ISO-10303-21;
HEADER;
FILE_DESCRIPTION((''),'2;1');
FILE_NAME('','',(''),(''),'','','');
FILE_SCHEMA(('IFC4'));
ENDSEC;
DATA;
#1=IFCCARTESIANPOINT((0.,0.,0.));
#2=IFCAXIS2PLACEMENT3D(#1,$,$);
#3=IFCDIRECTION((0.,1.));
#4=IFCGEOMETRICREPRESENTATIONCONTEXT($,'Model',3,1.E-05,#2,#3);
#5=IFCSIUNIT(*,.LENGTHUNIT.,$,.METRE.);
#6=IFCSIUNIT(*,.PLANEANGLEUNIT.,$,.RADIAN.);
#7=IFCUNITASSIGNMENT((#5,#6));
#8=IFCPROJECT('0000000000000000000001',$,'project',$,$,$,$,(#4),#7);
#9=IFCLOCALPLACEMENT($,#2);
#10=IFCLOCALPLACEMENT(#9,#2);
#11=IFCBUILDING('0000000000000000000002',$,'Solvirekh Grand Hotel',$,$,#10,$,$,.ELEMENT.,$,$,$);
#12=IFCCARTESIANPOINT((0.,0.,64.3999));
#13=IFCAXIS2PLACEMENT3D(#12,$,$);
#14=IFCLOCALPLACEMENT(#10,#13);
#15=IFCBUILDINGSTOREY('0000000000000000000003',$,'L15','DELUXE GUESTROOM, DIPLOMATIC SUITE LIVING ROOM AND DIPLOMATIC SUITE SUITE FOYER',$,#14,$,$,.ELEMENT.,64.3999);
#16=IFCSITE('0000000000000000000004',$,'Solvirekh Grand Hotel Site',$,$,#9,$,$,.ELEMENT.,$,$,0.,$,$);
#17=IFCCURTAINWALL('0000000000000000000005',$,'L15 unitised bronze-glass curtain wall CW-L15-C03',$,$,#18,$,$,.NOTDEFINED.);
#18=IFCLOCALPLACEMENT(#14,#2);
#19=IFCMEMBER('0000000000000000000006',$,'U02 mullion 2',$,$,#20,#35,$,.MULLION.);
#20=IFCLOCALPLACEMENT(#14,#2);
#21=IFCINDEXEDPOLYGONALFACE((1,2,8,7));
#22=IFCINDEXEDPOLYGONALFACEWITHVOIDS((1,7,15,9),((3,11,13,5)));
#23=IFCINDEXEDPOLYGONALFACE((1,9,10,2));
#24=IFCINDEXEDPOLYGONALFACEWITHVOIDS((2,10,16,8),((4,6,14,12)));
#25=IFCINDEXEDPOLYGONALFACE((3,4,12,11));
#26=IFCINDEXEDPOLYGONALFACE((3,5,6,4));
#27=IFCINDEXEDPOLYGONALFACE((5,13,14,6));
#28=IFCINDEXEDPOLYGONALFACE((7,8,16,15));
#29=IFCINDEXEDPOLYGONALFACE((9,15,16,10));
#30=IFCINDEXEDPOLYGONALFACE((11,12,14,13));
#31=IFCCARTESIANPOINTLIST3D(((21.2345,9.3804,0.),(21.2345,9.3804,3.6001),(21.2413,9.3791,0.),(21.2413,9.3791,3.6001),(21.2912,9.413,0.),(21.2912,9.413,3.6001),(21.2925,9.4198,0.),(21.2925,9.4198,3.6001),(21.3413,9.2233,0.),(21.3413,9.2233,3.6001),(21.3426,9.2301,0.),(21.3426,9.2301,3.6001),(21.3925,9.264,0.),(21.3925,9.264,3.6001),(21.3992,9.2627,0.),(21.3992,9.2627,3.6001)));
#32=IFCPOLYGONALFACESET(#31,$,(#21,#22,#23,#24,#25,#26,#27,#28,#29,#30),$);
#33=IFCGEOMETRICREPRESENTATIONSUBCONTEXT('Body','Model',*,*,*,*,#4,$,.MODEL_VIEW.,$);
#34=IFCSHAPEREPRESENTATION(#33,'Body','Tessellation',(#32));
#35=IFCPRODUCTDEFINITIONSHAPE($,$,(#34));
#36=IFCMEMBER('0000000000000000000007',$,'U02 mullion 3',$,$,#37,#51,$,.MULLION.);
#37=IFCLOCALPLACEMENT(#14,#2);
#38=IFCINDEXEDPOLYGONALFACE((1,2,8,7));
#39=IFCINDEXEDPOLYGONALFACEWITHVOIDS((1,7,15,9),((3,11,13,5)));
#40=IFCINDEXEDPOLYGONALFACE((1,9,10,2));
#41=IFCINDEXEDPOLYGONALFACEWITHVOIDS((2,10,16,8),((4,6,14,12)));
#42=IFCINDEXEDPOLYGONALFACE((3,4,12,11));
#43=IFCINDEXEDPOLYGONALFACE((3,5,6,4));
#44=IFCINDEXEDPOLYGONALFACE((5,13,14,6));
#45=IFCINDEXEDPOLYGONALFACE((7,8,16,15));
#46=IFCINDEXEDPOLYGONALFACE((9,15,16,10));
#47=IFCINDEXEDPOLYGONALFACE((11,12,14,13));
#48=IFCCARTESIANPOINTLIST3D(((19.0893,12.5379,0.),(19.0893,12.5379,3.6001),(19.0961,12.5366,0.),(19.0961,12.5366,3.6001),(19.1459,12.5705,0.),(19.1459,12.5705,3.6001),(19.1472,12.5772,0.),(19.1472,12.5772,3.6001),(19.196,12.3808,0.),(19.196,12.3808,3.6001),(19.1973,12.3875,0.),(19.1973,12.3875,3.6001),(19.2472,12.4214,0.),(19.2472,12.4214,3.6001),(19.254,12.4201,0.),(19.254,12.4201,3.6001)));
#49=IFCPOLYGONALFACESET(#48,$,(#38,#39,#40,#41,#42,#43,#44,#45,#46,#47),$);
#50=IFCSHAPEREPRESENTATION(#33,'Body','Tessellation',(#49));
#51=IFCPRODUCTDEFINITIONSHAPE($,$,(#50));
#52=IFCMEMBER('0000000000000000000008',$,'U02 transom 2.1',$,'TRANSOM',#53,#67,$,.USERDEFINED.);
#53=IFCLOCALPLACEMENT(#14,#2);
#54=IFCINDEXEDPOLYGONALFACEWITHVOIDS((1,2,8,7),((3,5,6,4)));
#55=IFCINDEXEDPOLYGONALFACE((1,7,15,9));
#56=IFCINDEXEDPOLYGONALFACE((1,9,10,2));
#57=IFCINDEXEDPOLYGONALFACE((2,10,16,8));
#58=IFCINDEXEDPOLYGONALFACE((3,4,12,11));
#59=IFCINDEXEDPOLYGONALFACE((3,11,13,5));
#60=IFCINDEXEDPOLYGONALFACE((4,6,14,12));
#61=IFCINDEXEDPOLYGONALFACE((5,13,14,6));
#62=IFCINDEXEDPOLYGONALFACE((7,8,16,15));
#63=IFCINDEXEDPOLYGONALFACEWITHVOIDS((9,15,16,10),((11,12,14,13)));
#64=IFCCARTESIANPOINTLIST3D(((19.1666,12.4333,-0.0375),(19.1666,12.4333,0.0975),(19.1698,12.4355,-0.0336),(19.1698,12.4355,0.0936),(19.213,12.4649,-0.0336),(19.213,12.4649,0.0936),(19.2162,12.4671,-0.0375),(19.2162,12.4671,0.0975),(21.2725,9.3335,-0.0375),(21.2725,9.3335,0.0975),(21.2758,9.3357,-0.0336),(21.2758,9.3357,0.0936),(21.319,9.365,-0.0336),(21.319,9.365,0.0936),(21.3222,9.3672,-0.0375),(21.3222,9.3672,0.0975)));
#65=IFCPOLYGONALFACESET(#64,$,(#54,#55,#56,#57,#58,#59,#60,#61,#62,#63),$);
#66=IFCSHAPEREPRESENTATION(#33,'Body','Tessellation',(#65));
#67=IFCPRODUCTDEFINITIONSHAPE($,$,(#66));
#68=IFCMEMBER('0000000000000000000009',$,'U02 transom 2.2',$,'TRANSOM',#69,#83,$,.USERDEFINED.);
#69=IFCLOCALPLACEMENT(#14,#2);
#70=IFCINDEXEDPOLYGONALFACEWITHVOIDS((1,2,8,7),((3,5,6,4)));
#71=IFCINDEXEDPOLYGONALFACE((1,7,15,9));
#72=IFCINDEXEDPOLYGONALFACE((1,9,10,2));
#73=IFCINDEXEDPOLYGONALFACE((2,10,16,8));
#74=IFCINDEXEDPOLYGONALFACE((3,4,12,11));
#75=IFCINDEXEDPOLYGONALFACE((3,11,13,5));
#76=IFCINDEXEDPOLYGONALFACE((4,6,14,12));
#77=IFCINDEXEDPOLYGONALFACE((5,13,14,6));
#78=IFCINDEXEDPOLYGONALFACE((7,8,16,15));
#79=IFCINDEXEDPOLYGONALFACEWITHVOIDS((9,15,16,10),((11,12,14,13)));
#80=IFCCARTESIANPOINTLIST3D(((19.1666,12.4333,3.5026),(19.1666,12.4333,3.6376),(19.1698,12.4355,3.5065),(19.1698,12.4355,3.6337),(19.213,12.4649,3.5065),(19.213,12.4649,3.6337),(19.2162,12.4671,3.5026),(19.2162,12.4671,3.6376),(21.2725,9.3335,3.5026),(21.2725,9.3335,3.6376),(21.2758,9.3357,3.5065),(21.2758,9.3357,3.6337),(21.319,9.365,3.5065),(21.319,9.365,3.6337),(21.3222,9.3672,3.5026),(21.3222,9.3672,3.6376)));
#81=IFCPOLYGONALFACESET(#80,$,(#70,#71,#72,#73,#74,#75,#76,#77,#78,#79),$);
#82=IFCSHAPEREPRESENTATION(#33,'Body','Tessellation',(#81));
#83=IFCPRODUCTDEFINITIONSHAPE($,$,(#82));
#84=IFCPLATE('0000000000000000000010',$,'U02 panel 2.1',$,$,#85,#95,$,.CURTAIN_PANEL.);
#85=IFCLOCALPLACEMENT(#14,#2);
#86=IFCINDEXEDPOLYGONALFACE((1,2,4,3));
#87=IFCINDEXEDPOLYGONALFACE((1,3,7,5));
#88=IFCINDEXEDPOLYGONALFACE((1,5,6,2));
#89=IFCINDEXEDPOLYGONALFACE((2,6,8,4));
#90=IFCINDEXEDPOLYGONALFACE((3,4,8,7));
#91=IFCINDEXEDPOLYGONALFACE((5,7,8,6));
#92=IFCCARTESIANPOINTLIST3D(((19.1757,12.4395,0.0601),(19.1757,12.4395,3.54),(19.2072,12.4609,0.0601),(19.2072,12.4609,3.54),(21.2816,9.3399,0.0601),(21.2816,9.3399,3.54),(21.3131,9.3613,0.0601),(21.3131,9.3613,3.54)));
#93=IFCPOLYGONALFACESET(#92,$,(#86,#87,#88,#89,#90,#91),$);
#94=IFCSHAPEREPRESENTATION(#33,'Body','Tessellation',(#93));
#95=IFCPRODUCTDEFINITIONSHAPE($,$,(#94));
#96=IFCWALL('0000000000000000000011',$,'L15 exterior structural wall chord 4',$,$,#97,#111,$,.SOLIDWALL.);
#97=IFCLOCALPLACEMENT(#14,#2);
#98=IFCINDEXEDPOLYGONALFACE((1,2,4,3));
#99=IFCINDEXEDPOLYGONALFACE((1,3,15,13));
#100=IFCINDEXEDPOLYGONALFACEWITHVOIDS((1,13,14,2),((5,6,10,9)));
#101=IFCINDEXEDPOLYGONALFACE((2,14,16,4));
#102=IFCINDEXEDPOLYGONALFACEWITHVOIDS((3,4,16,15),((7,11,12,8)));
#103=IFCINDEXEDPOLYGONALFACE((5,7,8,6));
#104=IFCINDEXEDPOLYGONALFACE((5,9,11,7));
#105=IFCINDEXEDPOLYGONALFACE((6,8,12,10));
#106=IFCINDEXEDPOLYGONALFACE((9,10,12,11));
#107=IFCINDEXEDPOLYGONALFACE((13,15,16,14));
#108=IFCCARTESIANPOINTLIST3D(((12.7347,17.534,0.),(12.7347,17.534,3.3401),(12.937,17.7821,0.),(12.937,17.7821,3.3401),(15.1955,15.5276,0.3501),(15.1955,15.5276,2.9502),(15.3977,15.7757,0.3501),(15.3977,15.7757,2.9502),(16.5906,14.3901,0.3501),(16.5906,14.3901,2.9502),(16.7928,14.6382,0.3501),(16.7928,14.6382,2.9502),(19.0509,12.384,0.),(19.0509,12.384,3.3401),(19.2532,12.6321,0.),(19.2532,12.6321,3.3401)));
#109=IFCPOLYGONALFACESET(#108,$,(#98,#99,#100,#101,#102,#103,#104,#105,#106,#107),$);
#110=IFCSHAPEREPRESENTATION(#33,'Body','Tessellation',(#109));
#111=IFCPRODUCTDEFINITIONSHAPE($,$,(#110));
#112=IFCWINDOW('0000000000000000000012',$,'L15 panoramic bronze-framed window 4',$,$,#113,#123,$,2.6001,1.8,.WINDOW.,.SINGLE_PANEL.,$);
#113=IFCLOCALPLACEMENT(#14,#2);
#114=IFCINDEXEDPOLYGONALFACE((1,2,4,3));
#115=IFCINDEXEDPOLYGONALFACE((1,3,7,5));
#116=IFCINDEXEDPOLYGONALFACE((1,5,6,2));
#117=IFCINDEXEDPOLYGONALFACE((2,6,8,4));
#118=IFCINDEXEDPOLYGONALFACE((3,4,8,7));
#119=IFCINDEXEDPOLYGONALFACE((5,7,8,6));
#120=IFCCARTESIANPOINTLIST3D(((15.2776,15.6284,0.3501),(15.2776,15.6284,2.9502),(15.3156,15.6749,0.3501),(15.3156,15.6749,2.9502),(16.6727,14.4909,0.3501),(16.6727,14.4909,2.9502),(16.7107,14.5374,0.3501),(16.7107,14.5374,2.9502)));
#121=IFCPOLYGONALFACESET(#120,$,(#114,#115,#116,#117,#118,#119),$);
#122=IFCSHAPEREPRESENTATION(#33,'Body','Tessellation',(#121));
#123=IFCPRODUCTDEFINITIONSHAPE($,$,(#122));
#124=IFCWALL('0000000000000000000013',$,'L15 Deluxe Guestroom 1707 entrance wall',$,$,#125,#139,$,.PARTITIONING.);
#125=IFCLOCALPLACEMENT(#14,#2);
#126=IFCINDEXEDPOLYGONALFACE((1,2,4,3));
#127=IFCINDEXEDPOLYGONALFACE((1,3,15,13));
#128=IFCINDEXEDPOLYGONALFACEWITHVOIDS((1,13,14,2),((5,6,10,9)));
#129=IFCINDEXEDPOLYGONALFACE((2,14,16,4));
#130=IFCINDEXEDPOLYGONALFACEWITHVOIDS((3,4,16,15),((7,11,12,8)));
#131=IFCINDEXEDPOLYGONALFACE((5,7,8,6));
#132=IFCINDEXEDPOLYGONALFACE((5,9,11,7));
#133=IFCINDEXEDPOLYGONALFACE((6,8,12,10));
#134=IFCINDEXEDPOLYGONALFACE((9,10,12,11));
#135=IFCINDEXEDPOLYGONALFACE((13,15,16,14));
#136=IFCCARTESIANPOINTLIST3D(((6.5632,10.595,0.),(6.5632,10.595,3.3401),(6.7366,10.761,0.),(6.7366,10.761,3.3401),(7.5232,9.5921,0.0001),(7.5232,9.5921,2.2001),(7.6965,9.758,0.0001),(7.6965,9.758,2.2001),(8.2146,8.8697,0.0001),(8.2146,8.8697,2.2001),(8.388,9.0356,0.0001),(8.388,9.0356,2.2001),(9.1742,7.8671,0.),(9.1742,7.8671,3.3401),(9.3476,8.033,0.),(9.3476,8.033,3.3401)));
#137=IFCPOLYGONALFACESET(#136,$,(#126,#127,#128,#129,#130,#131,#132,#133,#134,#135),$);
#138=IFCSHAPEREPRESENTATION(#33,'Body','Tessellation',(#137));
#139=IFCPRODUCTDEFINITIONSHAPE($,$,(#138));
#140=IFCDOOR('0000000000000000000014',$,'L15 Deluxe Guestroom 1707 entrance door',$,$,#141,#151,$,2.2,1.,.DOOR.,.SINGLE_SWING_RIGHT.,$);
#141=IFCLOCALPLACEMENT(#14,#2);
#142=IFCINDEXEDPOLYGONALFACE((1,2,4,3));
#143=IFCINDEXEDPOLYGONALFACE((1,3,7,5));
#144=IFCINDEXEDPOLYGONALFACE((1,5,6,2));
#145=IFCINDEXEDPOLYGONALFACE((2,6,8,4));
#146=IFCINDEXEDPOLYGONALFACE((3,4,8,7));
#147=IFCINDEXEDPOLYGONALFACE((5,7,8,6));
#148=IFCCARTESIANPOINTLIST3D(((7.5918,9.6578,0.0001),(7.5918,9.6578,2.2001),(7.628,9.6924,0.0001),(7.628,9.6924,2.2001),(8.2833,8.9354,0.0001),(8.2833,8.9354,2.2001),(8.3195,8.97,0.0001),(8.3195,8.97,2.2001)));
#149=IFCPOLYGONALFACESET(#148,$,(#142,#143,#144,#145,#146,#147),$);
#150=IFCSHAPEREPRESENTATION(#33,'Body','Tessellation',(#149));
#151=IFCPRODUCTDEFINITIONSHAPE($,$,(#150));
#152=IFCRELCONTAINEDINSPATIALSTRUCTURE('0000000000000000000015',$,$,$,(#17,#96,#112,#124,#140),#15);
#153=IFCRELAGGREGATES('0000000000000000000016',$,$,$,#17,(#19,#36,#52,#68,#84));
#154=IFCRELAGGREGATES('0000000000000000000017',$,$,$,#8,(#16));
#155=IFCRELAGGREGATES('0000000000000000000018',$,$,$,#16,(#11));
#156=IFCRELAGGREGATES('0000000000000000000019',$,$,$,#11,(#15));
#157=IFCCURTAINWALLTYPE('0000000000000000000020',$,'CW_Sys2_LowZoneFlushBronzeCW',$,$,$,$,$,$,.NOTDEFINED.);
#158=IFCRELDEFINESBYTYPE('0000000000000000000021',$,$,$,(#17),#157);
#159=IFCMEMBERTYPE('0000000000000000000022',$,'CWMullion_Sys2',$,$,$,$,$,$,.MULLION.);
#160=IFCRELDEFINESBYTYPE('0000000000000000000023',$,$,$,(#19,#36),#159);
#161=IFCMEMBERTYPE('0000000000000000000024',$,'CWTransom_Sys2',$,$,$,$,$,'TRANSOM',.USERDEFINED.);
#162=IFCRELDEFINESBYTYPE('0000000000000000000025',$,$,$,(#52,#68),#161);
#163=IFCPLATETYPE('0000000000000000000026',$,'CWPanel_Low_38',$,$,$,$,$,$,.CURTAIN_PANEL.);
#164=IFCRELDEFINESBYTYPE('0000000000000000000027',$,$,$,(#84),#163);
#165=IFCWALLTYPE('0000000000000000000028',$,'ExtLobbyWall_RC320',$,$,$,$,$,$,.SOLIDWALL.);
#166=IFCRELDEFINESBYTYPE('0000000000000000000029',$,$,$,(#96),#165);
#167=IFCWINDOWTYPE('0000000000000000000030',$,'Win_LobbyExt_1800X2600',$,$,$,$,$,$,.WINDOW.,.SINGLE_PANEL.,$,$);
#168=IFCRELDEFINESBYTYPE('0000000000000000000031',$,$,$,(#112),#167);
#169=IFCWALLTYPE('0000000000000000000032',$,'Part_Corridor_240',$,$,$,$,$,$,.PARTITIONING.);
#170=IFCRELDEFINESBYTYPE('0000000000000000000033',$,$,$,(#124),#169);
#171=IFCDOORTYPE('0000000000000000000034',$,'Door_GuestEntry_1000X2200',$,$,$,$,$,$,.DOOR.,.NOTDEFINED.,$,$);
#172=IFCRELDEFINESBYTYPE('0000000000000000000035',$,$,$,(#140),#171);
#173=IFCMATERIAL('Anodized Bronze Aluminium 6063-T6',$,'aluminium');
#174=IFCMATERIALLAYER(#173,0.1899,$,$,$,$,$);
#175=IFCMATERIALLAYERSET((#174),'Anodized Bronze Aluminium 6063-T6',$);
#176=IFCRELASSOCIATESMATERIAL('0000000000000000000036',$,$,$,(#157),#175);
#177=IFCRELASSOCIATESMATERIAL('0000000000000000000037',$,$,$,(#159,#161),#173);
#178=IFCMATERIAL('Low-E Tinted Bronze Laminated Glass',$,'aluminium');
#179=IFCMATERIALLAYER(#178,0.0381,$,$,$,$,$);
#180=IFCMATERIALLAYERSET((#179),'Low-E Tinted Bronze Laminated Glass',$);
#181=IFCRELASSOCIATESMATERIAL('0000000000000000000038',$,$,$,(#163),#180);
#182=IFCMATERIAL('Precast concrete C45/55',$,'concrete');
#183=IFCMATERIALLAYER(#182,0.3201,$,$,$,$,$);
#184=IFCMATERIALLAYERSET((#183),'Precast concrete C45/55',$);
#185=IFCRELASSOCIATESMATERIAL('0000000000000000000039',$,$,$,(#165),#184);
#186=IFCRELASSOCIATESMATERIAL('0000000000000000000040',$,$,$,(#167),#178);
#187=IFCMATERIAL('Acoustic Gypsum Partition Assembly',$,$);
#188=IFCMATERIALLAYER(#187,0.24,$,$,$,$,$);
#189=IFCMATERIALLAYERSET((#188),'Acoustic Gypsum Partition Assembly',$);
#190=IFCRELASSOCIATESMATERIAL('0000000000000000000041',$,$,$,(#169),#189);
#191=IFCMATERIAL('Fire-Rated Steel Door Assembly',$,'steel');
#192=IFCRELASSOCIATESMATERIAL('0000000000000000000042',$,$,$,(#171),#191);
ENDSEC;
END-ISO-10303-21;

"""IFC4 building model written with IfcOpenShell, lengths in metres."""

from ifc_helpers import new_model, si_unit, direction, frame, frame_2d, origin, origin_2d, place, context, subcontext, project, spatial, rectangle, hollow_rectangle, extrude, source, transform, mapped, material, layer, layer_set, material_profile, profile_set, type_object, element, fill, aggregate, save


model = new_model("IFC4")

# Units and contexts
model_context = context("Model", 3, precision=1e-05, world=origin(), true_north=direction((0.0, 1.0)))
body_context = subcontext(model_context, "Body", "Model", "MODEL_VIEW")
ifc_project = project(units=[si_unit("LENGTHUNIT", "METRE"), si_unit("PLANEANGLEUNIT", "RADIAN")], contexts=[model_context])

# Site, building, storey
site_placement = place(None, origin())
site = spatial("IfcSite", under=ifc_project, at=site_placement, Name="Solvirekh Grand Hotel Site", CompositionType="ELEMENT", RefElevation=0.0)
building_placement = place(site_placement, origin())
building = spatial("IfcBuilding", under=site, at=building_placement, Name="Solvirekh Grand Hotel", CompositionType="ELEMENT")
storey_placement = place(building_placement, frame((0.0, 0.0, 64.3999)))
storey = spatial("IfcBuildingStorey", under=building, at=storey_placement, Name="L15", Description="DELUXE GUESTROOM, DIPLOMATIC SUITE LIVING ROOM AND DIPLOMATIC SUITE SUITE FOYER", CompositionType="ELEMENT", Elevation=64.3999)

# Curtain wall, members, plate
ifc_material_1 = material(Name="Anodized Bronze Aluminium 6063-T6", Category="aluminium")
ifc_layer_1 = layer(ifc_material_1, 0.1899)
ifc_layer_set_1 = layer_set([ifc_layer_1], Name="Anodized Bronze Aluminium 6063-T6")
curtain_wall_type = type_object("IfcCurtainWallType", Name="CW_Sys2_LowZoneFlushBronzeCW", PredefinedType="NOTDEFINED", material=ifc_layer_set_1)
curtain_wall_placement = place(storey_placement, origin())
curtain_wall = element("IfcCurtainWall", 1, at=curtain_wall_placement, inside=storey, type_object=curtain_wall_type, Name="L15 unitised bronze-glass curtain wall CW-L15-C03", PredefinedType="NOTDEFINED")
ifc_material_profile_1 = material_profile(ifc_material_1, hollow_rectangle(XDim=0.0701, YDim=0.1899, WallThickness=0.0049, at=origin_2d()), Name="ALU RHS 190X70X5")
ifc_profile_set_1 = profile_set([ifc_material_profile_1], Name="Anodized Bronze Aluminium 6063-T6")
member_type_1 = type_object("IfcMemberType", Name="CWMullion_Sys2", PredefinedType="MULLION", material=ifc_profile_set_1)
shared_shape_1 = source(origin(), body_context, "Body", "SweptSolid", [
    extrude(hollow_rectangle(XDim=0.0701, YDim=0.1899, WallThickness=0.0049, at=origin_2d()), origin(), (0.0, 0.0, 1.0), 3.6001),
])
member_1_placement = place(storey_placement, frame((21.3169, 9.3215, 0.0), z_axis=(0.0, 0.0, 1.0), x_axis=(-0.827146, -0.561987, 0.0)))
member_1 = element("IfcMember", 2, at=member_1_placement, type_object=member_type_1, Name="U02 mullion 2", PredefinedType="MULLION", context=body_context, shape_type="MappedRepresentation", body=[
    mapped(shared_shape_1, transform((0.0, 0.0, 0.0), x_axis=(1.0, 0.0, 0.0), y_axis=(0.0, 1.0, 0.0), z_axis=(0.0, 0.0, 1.0), scale=1.0)),
])
member_2_placement = place(storey_placement, frame((19.1716, 12.479, 0.0), z_axis=(0.0, 0.0, 1.0), x_axis=(-0.827146, -0.561987, 0.0)))
member_2 = element("IfcMember", 3, at=member_2_placement, type_object=member_type_1, Name="U02 mullion 3", PredefinedType="MULLION", context=body_context, shape_type="MappedRepresentation", body=[
    mapped(shared_shape_1, transform((0.0, 0.0, 0.0), x_axis=(1.0, 0.0, 0.0), y_axis=(0.0, 1.0, 0.0), z_axis=(0.0, 0.0, 1.0), scale=1.0)),
])
ifc_material_profile_2 = material_profile(ifc_material_1, hollow_rectangle(XDim=0.0601, YDim=0.135, WallThickness=0.0039, at=origin_2d()), Name="ALU RHS 135X60X4")
ifc_profile_set_2 = profile_set([ifc_material_profile_2], Name="Anodized Bronze Aluminium 6063-T6")
member_type_2 = type_object("IfcMemberType", Name="CWTransom_Sys2", ElementType="TRANSOM", PredefinedType="USERDEFINED", material=ifc_profile_set_2)
shared_shape_2 = source(origin(), body_context, "Body", "SweptSolid", [
    extrude(hollow_rectangle(XDim=0.0601, YDim=0.135, WallThickness=0.0039, at=origin_2d()), origin(), (0.0, 0.0, 1.0), 3.7476),
])
member_3_placement = place(storey_placement, frame((21.2974, 9.3503, 0.03), z_axis=(-0.561955, 0.827168, 0.0), x_axis=(-0.827168, -0.561955, 0.0)))
member_3 = element("IfcMember", 4, at=member_3_placement, type_object=member_type_2, Name="U02 transom 2.1", ObjectType="TRANSOM", PredefinedType="USERDEFINED", context=body_context, shape_type="MappedRepresentation", body=[
    mapped(shared_shape_2, transform((0.0, 0.0, 0.0), x_axis=(1.0, 0.0, 0.0), y_axis=(0.0, 1.0, 0.0), z_axis=(0.0, 0.0, 1.0), scale=1.0)),
])
member_4_placement = place(storey_placement, frame((21.2974, 9.3503, 3.5701), z_axis=(-0.561955, 0.827168, 0.0), x_axis=(-0.827168, -0.561955, 0.0)))
member_4 = element("IfcMember", 5, at=member_4_placement, type_object=member_type_2, Name="U02 transom 2.2", ObjectType="TRANSOM", PredefinedType="USERDEFINED", context=body_context, shape_type="MappedRepresentation", body=[
    mapped(shared_shape_2, transform((0.0, 0.0, 0.0), x_axis=(1.0, 0.0, 0.0), y_axis=(0.0, 1.0, 0.0), z_axis=(0.0, 0.0, 1.0), scale=1.0)),
])
ifc_material_2 = material(Name="Low-E Tinted Bronze Laminated Glass", Category="aluminium")
ifc_layer_2 = layer(ifc_material_2, 0.0381)
ifc_layer_set_2 = layer_set([ifc_layer_2], Name="Low-E Tinted Bronze Laminated Glass")
plate_type = type_object("IfcPlateType", Name="CWPanel_Low_38", PredefinedType="CURTAIN_PANEL", material=ifc_layer_set_2)
shared_shape_3 = source(origin(), body_context, "Body", "SweptSolid", [
    extrude(rectangle(XDim=3.7473, YDim=0.0381, at=origin_2d()), origin(), (0.0, 0.0, 1.0), 3.48),
])
plate_placement = place(storey_placement, frame((20.2444, 10.9004, 0.0601), z_axis=(0.0, 0.0, 1.0), x_axis=(-0.561987, 0.827146, 0.0)))
plate = element("IfcPlate", 6, at=plate_placement, type_object=plate_type, Name="U02 panel 2.1", PredefinedType="CURTAIN_PANEL", context=body_context, shape_type="MappedRepresentation", body=[
    mapped(shared_shape_3, transform((0.0, 0.0, 0.0), x_axis=(1.0, 0.0, 0.0), y_axis=(0.0, 1.0, 0.0), z_axis=(0.0, 0.0, 1.0), scale=1.0)),
])
aggregate(curtain_wall, [member_1, member_2, member_3, member_4, plate])

# Wall, opening, window
ifc_material_3 = material(Name="Precast concrete C45/55", Category="concrete")
ifc_layer_3 = layer(ifc_material_3, 0.3201)
ifc_layer_set_3 = layer_set([ifc_layer_3], Name="Precast concrete C45/55")
wall_type_1 = type_object("IfcWallType", Name="ExtLobbyWall_RC320", PredefinedType="SOLIDWALL", material=ifc_layer_set_3)
wall_1_placement = place(storey_placement, frame((12.8359, 17.658, 0.0), z_axis=(0.0, 0.0, 1.0), x_axis=(0.775031, -0.631924, 0.0)))
wall_1 = element("IfcWall", 7, at=wall_1_placement, inside=storey, type_object=wall_type_1, Name="L15 exterior structural wall chord 4", PredefinedType="SOLIDWALL", context=body_context, shape_type="SweptSolid", body=[
    extrude(rectangle(XDim=8.1497, YDim=0.3201, at=frame_2d((4.0747, 0.0))), origin(), (0.0, 0.0, 1.0), 3.3401),
])
opening_1_placement = place(wall_1_placement, frame((3.175, 0.0, 0.3501)))
opening_1 = element("IfcOpeningElement", 8, at=opening_1_placement, cuts=wall_1, PredefinedType="OPENING", context=body_context, shape_type="SweptSolid", body=[
    extrude(rectangle(XDim=1.8, YDim=2.6001, at=frame_2d((0.8999, 1.3))), frame((0.0, 0.1699, 0.0), z_axis=(0.0, -1.0, 0.0), x_axis=(1.0, 0.0, 0.0)), (0.0, 0.0, 1.0), 0.3401),
])
window_type = type_object("IfcWindowType", Name="Win_LobbyExt_1800X2600", PartitioningType="SINGLE_PANEL", PredefinedType="WINDOW", material=ifc_material_2)
window_placement = place(opening_1_placement, origin())
window = element("IfcWindow", 9, at=window_placement, inside=storey, type_object=window_type, Name="L15 panoramic bronze-framed window 4", OverallHeight=2.6001, OverallWidth=1.8, PartitioningType="SINGLE_PANEL", PredefinedType="WINDOW", context=body_context, shape_type="SweptSolid", body=[
    extrude(rectangle(XDim=1.8, YDim=2.6001, at=frame_2d((0.8999, 1.3))), frame((0.0, 0.03, 0.0), z_axis=(0.0, -1.0, 0.0), x_axis=(1.0, 0.0, 0.0)), (0.0, 0.0, 1.0), 0.0601),
])
fill(opening_1, window)

# Wall, opening, door
ifc_material_4 = material(Name="Acoustic Gypsum Partition Assembly")
ifc_layer_4 = layer(ifc_material_4, 0.24)
ifc_layer_set_4 = layer_set([ifc_layer_4], Name="Acoustic Gypsum Partition Assembly")
wall_type_2 = type_object("IfcWallType", Name="Part_Corridor_240", PredefinedType="PARTITIONING", material=ifc_layer_set_4)
wall_2_placement = place(storey_placement, frame((9.261, 7.95, 0.0), z_axis=(0.0, 0.0, 1.0), x_axis=(-0.691453, 0.722421, 0.0)))
wall_2 = element("IfcWall", 10, at=wall_2_placement, inside=storey, type_object=wall_type_2, Name="L15 Deluxe Guestroom 1707 entrance wall", PredefinedType="PARTITIONING", context=body_context, shape_type="SweptSolid", body=[
    extrude(rectangle(XDim=3.7761, YDim=0.24, at=frame_2d((1.8882, 0.0))), origin(), (0.0, 0.0, 1.0), 3.3401),
])
opening_2_placement = place(wall_2_placement, frame((1.3879, 0.0, 0.0)))
opening_2 = element("IfcOpeningElement", 11, at=opening_2_placement, cuts=wall_2, PredefinedType="OPENING", context=body_context, shape_type="SweptSolid", body=[
    extrude(rectangle(XDim=1.0, YDim=2.2, at=frame_2d((0.5, 1.1001))), frame((0.0, 0.1299, 0.0), z_axis=(0.0, -1.0, 0.0), x_axis=(1.0, 0.0, 0.0)), (0.0, 0.0, 1.0), 0.26),
])
ifc_material_5 = material(Name="Fire-Rated Steel Door Assembly", Category="steel")
door_type_1 = type_object("IfcDoorType", Name="Door_GuestEntry_1000X2200", OperationType="NOTDEFINED", PredefinedType="DOOR", material=ifc_material_5)
door_1_placement = place(opening_2_placement, origin())
door_1 = element("IfcDoor", 12, at=door_1_placement, inside=storey, type_object=door_type_1, Name="L15 Deluxe Guestroom 1707 entrance door", OperationType="SINGLE_SWING_RIGHT", OverallHeight=2.2, OverallWidth=1.0, PredefinedType="DOOR", context=body_context, shape_type="SweptSolid", body=[
    extrude(rectangle(XDim=1.0, YDim=2.2, at=frame_2d((0.5, 1.1001))), frame((0.0, 0.0249, 0.0), z_axis=(0.0, -1.0, 0.0), x_axis=(1.0, 0.0, 0.0)), (0.0, 0.0, 1.0), 0.05),
])
fill(opening_2, door_1)

save(model, "model.ifc")
